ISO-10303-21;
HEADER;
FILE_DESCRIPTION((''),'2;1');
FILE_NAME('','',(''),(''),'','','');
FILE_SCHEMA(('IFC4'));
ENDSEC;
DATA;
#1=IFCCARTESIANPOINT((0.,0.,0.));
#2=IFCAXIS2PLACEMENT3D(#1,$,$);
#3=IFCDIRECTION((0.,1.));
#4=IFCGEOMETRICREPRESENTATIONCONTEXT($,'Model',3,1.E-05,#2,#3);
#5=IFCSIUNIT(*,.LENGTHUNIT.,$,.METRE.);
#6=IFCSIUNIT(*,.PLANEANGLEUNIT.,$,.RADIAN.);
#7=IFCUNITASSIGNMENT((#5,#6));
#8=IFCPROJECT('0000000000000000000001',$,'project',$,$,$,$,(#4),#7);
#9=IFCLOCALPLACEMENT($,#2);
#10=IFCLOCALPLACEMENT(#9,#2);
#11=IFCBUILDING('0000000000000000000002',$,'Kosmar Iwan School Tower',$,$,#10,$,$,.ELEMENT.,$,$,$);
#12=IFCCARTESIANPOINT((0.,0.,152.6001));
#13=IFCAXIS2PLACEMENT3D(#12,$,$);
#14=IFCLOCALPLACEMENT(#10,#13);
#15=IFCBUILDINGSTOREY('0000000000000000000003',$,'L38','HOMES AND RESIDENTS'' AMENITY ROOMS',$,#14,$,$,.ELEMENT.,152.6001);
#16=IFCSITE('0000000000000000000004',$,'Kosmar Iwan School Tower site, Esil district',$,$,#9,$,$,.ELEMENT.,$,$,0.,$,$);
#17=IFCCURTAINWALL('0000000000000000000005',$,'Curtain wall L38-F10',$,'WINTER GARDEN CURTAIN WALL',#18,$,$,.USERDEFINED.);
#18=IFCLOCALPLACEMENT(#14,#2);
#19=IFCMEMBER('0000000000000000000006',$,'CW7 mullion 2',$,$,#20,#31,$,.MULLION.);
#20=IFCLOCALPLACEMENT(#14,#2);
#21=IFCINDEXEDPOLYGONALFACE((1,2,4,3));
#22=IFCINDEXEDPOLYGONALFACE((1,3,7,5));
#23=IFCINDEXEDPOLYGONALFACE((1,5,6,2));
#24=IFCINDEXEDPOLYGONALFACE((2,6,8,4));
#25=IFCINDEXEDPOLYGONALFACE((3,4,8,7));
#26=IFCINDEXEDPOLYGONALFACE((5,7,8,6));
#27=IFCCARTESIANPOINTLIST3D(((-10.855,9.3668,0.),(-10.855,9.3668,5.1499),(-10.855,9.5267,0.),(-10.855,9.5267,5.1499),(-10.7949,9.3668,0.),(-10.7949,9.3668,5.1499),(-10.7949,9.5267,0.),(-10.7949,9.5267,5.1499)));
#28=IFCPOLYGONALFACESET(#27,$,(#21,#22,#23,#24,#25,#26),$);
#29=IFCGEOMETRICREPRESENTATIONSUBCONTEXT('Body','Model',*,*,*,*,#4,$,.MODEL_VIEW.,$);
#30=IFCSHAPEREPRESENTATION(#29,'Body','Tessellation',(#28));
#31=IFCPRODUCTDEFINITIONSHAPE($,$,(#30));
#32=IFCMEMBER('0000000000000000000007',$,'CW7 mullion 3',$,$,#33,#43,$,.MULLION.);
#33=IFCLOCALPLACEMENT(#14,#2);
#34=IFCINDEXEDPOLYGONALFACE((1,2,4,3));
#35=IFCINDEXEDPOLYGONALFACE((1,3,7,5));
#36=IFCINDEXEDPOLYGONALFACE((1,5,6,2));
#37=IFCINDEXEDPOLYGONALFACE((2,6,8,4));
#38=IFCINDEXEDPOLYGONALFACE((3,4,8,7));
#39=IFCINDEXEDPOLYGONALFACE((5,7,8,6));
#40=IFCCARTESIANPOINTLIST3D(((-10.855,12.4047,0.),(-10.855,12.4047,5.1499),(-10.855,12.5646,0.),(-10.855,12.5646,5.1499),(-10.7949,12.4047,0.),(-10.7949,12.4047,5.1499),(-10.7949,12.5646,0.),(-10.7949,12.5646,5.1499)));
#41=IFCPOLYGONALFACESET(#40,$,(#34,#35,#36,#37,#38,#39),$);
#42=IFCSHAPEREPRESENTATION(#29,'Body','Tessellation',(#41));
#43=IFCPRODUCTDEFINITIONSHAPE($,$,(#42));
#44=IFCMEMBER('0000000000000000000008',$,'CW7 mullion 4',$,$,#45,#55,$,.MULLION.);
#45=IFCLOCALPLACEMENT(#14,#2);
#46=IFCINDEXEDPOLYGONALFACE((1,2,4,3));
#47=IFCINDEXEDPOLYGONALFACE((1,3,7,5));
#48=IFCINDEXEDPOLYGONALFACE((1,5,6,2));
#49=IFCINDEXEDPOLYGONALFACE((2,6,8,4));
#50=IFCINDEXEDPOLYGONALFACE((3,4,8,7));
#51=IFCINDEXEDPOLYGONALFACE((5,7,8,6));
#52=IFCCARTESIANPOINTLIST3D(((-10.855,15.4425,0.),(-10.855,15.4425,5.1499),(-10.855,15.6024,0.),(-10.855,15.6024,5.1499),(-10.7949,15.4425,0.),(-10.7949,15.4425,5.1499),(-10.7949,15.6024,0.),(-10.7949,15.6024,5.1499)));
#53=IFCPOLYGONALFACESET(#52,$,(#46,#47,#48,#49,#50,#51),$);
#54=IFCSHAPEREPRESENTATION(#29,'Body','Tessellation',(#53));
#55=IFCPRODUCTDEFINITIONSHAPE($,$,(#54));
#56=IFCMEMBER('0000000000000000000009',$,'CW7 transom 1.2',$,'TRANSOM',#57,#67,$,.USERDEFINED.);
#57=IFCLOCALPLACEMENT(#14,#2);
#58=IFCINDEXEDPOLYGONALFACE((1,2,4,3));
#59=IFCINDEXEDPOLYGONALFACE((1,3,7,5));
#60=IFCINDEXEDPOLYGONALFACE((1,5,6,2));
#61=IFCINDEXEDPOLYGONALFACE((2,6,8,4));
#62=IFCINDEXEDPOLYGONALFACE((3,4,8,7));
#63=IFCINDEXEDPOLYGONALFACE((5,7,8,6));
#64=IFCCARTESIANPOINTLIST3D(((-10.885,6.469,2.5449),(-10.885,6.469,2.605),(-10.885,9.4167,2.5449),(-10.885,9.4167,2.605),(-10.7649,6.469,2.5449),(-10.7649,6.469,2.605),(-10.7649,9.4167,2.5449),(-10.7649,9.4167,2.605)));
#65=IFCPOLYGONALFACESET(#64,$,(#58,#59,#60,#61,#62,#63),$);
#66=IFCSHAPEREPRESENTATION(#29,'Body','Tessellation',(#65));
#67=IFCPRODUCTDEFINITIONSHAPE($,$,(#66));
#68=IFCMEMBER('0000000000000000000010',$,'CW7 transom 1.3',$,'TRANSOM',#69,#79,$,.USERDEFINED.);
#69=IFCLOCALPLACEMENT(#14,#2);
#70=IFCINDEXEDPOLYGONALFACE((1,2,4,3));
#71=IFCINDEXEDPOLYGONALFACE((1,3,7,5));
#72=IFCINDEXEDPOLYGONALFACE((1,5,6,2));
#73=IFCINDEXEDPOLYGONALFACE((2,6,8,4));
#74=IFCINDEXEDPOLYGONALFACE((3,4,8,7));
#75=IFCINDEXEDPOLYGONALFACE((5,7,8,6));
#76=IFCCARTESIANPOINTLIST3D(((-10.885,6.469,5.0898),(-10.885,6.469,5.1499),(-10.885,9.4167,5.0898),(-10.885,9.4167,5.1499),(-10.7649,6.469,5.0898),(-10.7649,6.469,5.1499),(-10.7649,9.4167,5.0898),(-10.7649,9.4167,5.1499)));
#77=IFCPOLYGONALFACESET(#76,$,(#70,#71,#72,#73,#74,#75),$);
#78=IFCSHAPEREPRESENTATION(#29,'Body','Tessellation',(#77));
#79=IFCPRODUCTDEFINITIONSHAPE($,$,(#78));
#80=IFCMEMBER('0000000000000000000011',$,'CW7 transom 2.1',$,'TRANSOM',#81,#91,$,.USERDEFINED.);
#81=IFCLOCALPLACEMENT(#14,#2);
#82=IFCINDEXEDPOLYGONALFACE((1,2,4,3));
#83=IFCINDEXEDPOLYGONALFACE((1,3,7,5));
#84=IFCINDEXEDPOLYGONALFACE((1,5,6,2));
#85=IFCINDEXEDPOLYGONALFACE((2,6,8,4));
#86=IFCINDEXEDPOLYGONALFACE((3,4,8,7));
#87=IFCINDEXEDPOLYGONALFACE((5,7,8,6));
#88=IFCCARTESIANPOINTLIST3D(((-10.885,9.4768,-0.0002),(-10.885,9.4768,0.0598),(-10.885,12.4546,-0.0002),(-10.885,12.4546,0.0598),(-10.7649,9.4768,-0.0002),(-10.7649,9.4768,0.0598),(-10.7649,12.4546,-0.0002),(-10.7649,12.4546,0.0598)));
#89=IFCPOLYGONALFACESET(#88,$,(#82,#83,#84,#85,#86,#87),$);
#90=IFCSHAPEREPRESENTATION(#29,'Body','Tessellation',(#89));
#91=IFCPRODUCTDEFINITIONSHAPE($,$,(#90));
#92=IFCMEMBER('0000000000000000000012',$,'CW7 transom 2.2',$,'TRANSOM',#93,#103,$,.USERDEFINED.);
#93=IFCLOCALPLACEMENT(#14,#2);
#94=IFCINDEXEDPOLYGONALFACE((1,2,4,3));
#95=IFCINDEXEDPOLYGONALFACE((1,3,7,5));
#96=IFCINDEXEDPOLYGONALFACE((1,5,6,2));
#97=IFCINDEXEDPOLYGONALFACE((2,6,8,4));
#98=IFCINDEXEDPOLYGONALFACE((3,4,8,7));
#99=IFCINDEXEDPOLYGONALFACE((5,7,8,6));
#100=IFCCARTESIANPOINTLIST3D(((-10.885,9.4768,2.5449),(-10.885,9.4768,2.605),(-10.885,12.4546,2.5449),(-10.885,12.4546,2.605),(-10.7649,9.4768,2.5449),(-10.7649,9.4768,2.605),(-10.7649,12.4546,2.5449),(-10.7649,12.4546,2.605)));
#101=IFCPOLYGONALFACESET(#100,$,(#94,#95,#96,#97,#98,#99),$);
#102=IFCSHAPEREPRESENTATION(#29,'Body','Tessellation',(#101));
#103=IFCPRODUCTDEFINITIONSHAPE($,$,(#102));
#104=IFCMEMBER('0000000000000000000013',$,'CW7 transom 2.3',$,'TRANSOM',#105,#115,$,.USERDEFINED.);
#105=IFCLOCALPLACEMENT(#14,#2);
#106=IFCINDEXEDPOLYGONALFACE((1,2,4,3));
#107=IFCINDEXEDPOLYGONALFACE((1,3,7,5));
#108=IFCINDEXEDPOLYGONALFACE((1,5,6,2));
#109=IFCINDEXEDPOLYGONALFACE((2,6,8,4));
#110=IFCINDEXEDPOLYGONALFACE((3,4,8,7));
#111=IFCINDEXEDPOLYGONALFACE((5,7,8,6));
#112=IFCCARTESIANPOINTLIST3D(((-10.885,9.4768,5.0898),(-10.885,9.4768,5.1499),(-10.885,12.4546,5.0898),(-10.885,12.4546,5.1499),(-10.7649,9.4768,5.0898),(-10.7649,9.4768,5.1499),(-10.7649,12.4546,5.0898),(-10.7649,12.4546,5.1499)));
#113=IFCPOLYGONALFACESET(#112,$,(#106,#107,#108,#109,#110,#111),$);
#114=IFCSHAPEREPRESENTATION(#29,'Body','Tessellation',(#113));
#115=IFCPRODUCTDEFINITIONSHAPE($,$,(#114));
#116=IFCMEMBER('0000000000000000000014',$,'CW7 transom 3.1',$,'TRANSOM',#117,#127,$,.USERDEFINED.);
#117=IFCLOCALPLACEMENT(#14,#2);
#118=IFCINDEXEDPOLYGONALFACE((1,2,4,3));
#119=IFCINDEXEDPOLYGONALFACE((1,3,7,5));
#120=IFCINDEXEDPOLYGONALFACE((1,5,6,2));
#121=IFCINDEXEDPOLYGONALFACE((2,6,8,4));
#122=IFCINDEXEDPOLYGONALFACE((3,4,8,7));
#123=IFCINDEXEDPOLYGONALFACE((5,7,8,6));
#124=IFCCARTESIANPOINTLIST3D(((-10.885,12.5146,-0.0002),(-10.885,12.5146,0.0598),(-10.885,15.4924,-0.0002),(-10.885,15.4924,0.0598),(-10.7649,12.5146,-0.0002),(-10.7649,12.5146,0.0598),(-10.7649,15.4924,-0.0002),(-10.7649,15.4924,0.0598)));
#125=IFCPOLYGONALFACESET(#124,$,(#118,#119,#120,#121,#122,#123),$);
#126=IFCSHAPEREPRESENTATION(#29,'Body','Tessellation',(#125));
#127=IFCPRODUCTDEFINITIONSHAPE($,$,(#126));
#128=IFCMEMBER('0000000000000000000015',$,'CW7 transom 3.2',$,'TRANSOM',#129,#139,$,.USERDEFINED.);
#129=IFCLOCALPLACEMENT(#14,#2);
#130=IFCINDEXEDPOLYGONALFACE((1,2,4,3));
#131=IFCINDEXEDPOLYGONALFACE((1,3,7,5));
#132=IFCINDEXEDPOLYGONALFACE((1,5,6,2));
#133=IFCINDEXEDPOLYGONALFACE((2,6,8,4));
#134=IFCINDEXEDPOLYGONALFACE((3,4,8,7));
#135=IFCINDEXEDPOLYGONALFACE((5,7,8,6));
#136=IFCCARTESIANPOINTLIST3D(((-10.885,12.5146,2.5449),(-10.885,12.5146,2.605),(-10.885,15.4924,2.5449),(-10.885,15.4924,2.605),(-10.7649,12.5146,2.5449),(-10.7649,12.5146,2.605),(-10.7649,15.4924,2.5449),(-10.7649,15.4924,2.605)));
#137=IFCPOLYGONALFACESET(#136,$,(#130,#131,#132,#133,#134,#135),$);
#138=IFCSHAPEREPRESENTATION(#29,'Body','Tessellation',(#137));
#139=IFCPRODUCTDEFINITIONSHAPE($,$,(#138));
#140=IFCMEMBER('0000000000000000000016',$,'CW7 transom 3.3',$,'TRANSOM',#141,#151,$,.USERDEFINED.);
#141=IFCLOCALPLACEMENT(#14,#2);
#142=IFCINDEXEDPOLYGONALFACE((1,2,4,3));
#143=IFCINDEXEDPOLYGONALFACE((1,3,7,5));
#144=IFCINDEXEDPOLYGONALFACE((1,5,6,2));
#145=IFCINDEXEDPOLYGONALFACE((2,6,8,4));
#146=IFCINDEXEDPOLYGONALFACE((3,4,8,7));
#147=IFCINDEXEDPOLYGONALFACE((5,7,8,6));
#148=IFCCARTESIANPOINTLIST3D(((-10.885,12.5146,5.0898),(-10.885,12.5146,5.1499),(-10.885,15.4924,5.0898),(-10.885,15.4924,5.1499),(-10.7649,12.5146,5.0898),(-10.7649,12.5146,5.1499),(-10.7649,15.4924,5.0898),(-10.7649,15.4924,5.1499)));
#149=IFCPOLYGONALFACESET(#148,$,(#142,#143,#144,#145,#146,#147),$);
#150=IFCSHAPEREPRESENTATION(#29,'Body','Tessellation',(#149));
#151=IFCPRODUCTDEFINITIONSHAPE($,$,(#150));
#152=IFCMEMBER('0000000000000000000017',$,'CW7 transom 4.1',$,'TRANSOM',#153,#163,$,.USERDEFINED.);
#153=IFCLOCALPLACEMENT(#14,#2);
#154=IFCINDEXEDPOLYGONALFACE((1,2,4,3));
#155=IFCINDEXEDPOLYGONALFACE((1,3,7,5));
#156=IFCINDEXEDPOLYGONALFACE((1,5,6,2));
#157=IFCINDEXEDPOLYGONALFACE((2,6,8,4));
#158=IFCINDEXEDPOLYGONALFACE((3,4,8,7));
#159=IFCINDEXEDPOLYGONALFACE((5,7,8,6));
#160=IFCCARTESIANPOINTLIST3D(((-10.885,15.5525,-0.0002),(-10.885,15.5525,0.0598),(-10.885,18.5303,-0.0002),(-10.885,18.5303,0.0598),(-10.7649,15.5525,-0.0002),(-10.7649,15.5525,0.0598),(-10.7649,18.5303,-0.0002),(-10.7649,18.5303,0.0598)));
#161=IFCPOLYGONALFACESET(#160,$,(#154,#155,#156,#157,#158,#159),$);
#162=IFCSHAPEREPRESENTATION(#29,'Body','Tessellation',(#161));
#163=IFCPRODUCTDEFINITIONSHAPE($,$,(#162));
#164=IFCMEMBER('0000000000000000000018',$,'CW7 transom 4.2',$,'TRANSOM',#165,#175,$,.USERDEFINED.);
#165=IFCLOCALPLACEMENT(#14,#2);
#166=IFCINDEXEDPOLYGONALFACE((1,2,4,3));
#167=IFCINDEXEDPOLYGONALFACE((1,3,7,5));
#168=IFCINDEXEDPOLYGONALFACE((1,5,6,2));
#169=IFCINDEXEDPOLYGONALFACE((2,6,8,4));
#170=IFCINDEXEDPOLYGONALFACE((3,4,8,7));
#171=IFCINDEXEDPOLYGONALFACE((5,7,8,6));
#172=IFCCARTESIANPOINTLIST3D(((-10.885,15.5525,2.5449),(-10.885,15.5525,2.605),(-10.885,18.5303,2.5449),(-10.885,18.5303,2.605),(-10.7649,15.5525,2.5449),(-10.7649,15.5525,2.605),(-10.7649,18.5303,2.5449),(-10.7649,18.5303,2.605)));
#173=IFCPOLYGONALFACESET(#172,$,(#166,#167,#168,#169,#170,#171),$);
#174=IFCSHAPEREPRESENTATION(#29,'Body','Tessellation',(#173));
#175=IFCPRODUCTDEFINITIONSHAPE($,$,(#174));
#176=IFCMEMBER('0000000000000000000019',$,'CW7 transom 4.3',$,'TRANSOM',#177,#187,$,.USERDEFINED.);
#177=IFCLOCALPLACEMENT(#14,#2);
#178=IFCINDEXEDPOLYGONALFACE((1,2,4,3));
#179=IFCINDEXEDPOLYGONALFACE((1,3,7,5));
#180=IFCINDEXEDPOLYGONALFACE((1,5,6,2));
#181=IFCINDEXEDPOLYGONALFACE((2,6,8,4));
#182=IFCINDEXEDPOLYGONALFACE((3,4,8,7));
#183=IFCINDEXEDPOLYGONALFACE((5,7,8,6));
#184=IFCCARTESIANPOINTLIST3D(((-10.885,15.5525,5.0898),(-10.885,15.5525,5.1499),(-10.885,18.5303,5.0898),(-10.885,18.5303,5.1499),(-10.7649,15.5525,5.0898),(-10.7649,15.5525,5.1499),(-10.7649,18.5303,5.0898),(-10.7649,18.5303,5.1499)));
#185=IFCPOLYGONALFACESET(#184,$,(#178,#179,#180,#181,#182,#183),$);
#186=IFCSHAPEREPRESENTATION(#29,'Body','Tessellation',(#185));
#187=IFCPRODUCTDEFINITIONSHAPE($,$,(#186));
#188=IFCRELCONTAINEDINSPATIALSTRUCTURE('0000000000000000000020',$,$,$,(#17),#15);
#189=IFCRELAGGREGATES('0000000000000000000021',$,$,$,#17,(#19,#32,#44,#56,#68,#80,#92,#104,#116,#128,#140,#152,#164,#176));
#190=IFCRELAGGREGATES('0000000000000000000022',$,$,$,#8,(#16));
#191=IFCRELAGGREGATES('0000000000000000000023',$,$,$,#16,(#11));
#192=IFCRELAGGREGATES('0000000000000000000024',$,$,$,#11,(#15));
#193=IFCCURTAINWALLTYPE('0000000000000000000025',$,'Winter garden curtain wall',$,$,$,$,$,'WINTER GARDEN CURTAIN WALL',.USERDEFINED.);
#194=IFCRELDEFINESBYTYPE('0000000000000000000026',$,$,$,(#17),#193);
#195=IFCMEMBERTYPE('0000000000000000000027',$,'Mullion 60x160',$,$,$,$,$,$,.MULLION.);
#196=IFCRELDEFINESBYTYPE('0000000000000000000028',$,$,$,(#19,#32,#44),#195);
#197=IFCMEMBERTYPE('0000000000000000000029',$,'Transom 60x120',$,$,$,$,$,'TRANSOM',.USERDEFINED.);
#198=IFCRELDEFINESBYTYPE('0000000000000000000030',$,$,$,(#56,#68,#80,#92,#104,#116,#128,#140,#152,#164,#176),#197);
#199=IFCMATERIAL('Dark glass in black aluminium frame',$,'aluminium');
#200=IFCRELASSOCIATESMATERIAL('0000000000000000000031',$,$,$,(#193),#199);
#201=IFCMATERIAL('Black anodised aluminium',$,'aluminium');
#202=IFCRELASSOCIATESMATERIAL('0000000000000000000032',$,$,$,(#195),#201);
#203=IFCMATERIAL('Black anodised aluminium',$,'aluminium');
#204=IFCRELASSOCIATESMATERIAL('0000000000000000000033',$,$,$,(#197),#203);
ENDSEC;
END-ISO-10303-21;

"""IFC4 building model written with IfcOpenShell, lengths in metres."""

from ifc_helpers import new_model, si_unit, direction, frame, origin, origin_2d, place, context, subcontext, project, spatial, rectangle, extrude, material, material_profile, profile_set, type_object, element, aggregate, save


model = new_model("IFC4")

# Units and contexts
model_context = context("Model", 3, precision=1e-05, world=origin(), true_north=direction((0.0, 1.0)))
body_context = subcontext(model_context, "Body", "Model", "MODEL_VIEW")
ifc_project = project(units=[si_unit("LENGTHUNIT", "METRE"), si_unit("PLANEANGLEUNIT", "RADIAN")], contexts=[model_context])

# Site, building, storey
site_placement = place(None, origin())
site = spatial("IfcSite", under=ifc_project, at=site_placement, Name="Kosmar Iwan School Tower site, Esil district", CompositionType="ELEMENT", RefElevation=0.0)
building_placement = place(site_placement, origin())
building = spatial("IfcBuilding", under=site, at=building_placement, Name="Kosmar Iwan School Tower", CompositionType="ELEMENT")
storey_placement = place(building_placement, frame((0.0, 0.0, 152.6001)))
storey = spatial("IfcBuildingStorey", under=building, at=storey_placement, Name="L38", Description="HOMES AND RESIDENTS' AMENITY ROOMS", CompositionType="ELEMENT", Elevation=152.6001)

# Curtain wall, members
ifc_material_1 = material(Name="Dark glass in black aluminium frame", Category="aluminium")
curtain_wall_type = type_object("IfcCurtainWallType", Name="Winter garden curtain wall", ElementType="WINTER GARDEN CURTAIN WALL", PredefinedType="USERDEFINED", material=ifc_material_1)
curtain_wall_placement = place(storey_placement, origin())
curtain_wall = element("IfcCurtainWall", 1, at=curtain_wall_placement, inside=storey, type_object=curtain_wall_type, Name="Curtain wall L38-F10", ObjectType="WINTER GARDEN CURTAIN WALL", PredefinedType="USERDEFINED")
ifc_material_2 = material(Name="Black anodised aluminium", Category="aluminium")
ifc_material_profile_1 = material_profile(ifc_material_2, rectangle(XDim=0.0601, YDim=0.1599, at=origin_2d()), Name="MULLION 60x160")
ifc_profile_set_1 = profile_set([ifc_material_profile_1], Name="Black anodised aluminium")
member_type_1 = type_object("IfcMemberType", Name="Mullion 60x160", PredefinedType="MULLION", material=ifc_profile_set_1)
member_1_placement = place(storey_placement, frame((-10.825, 9.4468, 0.0), z_axis=(0.0, 0.0, 1.0), x_axis=(-1.0, 0.0, 0.0)))
member_1 = element("IfcMember", 2, at=member_1_placement, type_object=member_type_1, Name="CW7 mullion 2", PredefinedType="MULLION", context=body_context, shape_type="SweptSolid", body=[
    extrude(rectangle(XDim=0.0601, YDim=0.1599, at=origin_2d()), origin(), (0.0, 0.0, 1.0), 5.1499),
])
member_2_placement = place(storey_placement, frame((-10.825, 12.4846, 0.0), z_axis=(0.0, 0.0, 1.0), x_axis=(-1.0, 0.0, 0.0)))
member_2 = element("IfcMember", 3, at=member_2_placement, type_object=member_type_1, Name="CW7 mullion 3", PredefinedType="MULLION", context=body_context, shape_type="SweptSolid", body=[
    extrude(rectangle(XDim=0.0601, YDim=0.1599, at=origin_2d()), origin(), (0.0, 0.0, 1.0), 5.1499),
])
member_3_placement = place(storey_placement, frame((-10.825, 15.5225, 0.0), z_axis=(0.0, 0.0, 1.0), x_axis=(-1.0, 0.0, 0.0)))
member_3 = element("IfcMember", 4, at=member_3_placement, type_object=member_type_1, Name="CW7 mullion 4", PredefinedType="MULLION", context=body_context, shape_type="SweptSolid", body=[
    extrude(rectangle(XDim=0.0601, YDim=0.1599, at=origin_2d()), origin(), (0.0, 0.0, 1.0), 5.1499),
])
ifc_material_3 = material(Name="Black anodised aluminium", Category="aluminium")
ifc_material_profile_2 = material_profile(ifc_material_3, rectangle(XDim=0.1201, YDim=0.0601, at=origin_2d()), Name="TRANSOM 60x120")
ifc_profile_set_2 = profile_set([ifc_material_profile_2], Name="Black anodised aluminium")
member_type_2 = type_object("IfcMemberType", Name="Transom 60x120", ElementType="TRANSOM", PredefinedType="USERDEFINED", material=ifc_profile_set_2)
member_4_placement = place(storey_placement, frame((-10.825, 6.469, 2.575), z_axis=(0.0, 1.0, 0.0), x_axis=(-1.0, 0.0, 0.0)))
member_4 = element("IfcMember", 5, at=member_4_placement, type_object=member_type_2, Name="CW7 transom 1.2", ObjectType="TRANSOM", PredefinedType="USERDEFINED", context=body_context, shape_type="SweptSolid", body=[
    extrude(rectangle(XDim=0.1201, YDim=0.0601, at=origin_2d()), origin(), (0.0, 0.0, 1.0), 2.9478),
])
member_5_placement = place(storey_placement, frame((-10.825, 6.469, 5.1199), z_axis=(0.0, 1.0, 0.0), x_axis=(-1.0, 0.0, 0.0)))
member_5 = element("IfcMember", 6, at=member_5_placement, type_object=member_type_2, Name="CW7 transom 1.3", ObjectType="TRANSOM", PredefinedType="USERDEFINED", context=body_context, shape_type="SweptSolid", body=[
    extrude(rectangle(XDim=0.1201, YDim=0.0601, at=origin_2d()), origin(), (0.0, 0.0, 1.0), 2.9478),
])
member_6_placement = place(storey_placement, frame((-10.825, 9.4768, 0.0298), z_axis=(0.0, 1.0, 0.0), x_axis=(-1.0, 0.0, 0.0)))
member_6 = element("IfcMember", 7, at=member_6_placement, type_object=member_type_2, Name="CW7 transom 2.1", ObjectType="TRANSOM", PredefinedType="USERDEFINED", context=body_context, shape_type="SweptSolid", body=[
    extrude(rectangle(XDim=0.1201, YDim=0.0601, at=origin_2d()), origin(), (0.0, 0.0, 1.0), 2.9778),
])
member_7_placement = place(storey_placement, frame((-10.825, 9.4768, 2.575), z_axis=(0.0, 1.0, 0.0), x_axis=(-1.0, 0.0, 0.0)))
member_7 = element("IfcMember", 8, at=member_7_placement, type_object=member_type_2, Name="CW7 transom 2.2", ObjectType="TRANSOM", PredefinedType="USERDEFINED", context=body_context, shape_type="SweptSolid", body=[
    extrude(rectangle(XDim=0.1201, YDim=0.0601, at=origin_2d()), origin(), (0.0, 0.0, 1.0), 2.9778),
])
member_8_placement = place(storey_placement, frame((-10.825, 9.4768, 5.1199), z_axis=(0.0, 1.0, 0.0), x_axis=(-1.0, 0.0, 0.0)))
member_8 = element("IfcMember", 9, at=member_8_placement, type_object=member_type_2, Name="CW7 transom 2.3", ObjectType="TRANSOM", PredefinedType="USERDEFINED", context=body_context, shape_type="SweptSolid", body=[
    extrude(rectangle(XDim=0.1201, YDim=0.0601, at=origin_2d()), origin(), (0.0, 0.0, 1.0), 2.9778),
])
member_9_placement = place(storey_placement, frame((-10.825, 12.5146, 0.0298), z_axis=(0.0, 1.0, 0.0), x_axis=(-1.0, 0.0, 0.0)))
member_9 = element("IfcMember", 10, at=member_9_placement, type_object=member_type_2, Name="CW7 transom 3.1", ObjectType="TRANSOM", PredefinedType="USERDEFINED", context=body_context, shape_type="SweptSolid", body=[
    extrude(rectangle(XDim=0.1201, YDim=0.0601, at=origin_2d()), origin(), (0.0, 0.0, 1.0), 2.9778),
])
member_10_placement = place(storey_placement, frame((-10.825, 12.5146, 2.575), z_axis=(0.0, 1.0, 0.0), x_axis=(-1.0, 0.0, 0.0)))
member_10 = element("IfcMember", 11, at=member_10_placement, type_object=member_type_2, Name="CW7 transom 3.2", ObjectType="TRANSOM", PredefinedType="USERDEFINED", context=body_context, shape_type="SweptSolid", body=[
    extrude(rectangle(XDim=0.1201, YDim=0.0601, at=origin_2d()), origin(), (0.0, 0.0, 1.0), 2.9778),
])
member_11_placement = place(storey_placement, frame((-10.825, 12.5146, 5.1199), z_axis=(0.0, 1.0, 0.0), x_axis=(-1.0, 0.0, 0.0)))
member_11 = element("IfcMember", 12, at=member_11_placement, type_object=member_type_2, Name="CW7 transom 3.3", ObjectType="TRANSOM", PredefinedType="USERDEFINED", context=body_context, shape_type="SweptSolid", body=[
    extrude(rectangle(XDim=0.1201, YDim=0.0601, at=origin_2d()), origin(), (0.0, 0.0, 1.0), 2.9778),
])
member_12_placement = place(storey_placement, frame((-10.825, 15.5525, 0.0298), z_axis=(0.0, 1.0, 0.0), x_axis=(-1.0, 0.0, 0.0)))
member_12 = element("IfcMember", 13, at=member_12_placement, type_object=member_type_2, Name="CW7 transom 4.1", ObjectType="TRANSOM", PredefinedType="USERDEFINED", context=body_context, shape_type="SweptSolid", body=[
    extrude(rectangle(XDim=0.1201, YDim=0.0601, at=origin_2d()), origin(), (0.0, 0.0, 1.0), 2.9778),
])
member_13_placement = place(storey_placement, frame((-10.825, 15.5525, 2.575), z_axis=(0.0, 1.0, 0.0), x_axis=(-1.0, 0.0, 0.0)))
member_13 = element("IfcMember", 14, at=member_13_placement, type_object=member_type_2, Name="CW7 transom 4.2", ObjectType="TRANSOM", PredefinedType="USERDEFINED", context=body_context, shape_type="SweptSolid", body=[
    extrude(rectangle(XDim=0.1201, YDim=0.0601, at=origin_2d()), origin(), (0.0, 0.0, 1.0), 2.9778),
])
member_14_placement = place(storey_placement, frame((-10.825, 15.5525, 5.1199), z_axis=(0.0, 1.0, 0.0), x_axis=(-1.0, 0.0, 0.0)))
member_14 = element("IfcMember", 15, at=member_14_placement, type_object=member_type_2, Name="CW7 transom 4.3", ObjectType="TRANSOM", PredefinedType="USERDEFINED", context=body_context, shape_type="SweptSolid", body=[
    extrude(rectangle(XDim=0.1201, YDim=0.0601, at=origin_2d()), origin(), (0.0, 0.0, 1.0), 2.9778),
])
aggregate(curtain_wall, [member_1, member_2, member_3, member_4, member_5, member_6, member_7, member_8, member_9, member_10, member_11, member_12, member_13, member_14])

save(model, "model.ifc")
